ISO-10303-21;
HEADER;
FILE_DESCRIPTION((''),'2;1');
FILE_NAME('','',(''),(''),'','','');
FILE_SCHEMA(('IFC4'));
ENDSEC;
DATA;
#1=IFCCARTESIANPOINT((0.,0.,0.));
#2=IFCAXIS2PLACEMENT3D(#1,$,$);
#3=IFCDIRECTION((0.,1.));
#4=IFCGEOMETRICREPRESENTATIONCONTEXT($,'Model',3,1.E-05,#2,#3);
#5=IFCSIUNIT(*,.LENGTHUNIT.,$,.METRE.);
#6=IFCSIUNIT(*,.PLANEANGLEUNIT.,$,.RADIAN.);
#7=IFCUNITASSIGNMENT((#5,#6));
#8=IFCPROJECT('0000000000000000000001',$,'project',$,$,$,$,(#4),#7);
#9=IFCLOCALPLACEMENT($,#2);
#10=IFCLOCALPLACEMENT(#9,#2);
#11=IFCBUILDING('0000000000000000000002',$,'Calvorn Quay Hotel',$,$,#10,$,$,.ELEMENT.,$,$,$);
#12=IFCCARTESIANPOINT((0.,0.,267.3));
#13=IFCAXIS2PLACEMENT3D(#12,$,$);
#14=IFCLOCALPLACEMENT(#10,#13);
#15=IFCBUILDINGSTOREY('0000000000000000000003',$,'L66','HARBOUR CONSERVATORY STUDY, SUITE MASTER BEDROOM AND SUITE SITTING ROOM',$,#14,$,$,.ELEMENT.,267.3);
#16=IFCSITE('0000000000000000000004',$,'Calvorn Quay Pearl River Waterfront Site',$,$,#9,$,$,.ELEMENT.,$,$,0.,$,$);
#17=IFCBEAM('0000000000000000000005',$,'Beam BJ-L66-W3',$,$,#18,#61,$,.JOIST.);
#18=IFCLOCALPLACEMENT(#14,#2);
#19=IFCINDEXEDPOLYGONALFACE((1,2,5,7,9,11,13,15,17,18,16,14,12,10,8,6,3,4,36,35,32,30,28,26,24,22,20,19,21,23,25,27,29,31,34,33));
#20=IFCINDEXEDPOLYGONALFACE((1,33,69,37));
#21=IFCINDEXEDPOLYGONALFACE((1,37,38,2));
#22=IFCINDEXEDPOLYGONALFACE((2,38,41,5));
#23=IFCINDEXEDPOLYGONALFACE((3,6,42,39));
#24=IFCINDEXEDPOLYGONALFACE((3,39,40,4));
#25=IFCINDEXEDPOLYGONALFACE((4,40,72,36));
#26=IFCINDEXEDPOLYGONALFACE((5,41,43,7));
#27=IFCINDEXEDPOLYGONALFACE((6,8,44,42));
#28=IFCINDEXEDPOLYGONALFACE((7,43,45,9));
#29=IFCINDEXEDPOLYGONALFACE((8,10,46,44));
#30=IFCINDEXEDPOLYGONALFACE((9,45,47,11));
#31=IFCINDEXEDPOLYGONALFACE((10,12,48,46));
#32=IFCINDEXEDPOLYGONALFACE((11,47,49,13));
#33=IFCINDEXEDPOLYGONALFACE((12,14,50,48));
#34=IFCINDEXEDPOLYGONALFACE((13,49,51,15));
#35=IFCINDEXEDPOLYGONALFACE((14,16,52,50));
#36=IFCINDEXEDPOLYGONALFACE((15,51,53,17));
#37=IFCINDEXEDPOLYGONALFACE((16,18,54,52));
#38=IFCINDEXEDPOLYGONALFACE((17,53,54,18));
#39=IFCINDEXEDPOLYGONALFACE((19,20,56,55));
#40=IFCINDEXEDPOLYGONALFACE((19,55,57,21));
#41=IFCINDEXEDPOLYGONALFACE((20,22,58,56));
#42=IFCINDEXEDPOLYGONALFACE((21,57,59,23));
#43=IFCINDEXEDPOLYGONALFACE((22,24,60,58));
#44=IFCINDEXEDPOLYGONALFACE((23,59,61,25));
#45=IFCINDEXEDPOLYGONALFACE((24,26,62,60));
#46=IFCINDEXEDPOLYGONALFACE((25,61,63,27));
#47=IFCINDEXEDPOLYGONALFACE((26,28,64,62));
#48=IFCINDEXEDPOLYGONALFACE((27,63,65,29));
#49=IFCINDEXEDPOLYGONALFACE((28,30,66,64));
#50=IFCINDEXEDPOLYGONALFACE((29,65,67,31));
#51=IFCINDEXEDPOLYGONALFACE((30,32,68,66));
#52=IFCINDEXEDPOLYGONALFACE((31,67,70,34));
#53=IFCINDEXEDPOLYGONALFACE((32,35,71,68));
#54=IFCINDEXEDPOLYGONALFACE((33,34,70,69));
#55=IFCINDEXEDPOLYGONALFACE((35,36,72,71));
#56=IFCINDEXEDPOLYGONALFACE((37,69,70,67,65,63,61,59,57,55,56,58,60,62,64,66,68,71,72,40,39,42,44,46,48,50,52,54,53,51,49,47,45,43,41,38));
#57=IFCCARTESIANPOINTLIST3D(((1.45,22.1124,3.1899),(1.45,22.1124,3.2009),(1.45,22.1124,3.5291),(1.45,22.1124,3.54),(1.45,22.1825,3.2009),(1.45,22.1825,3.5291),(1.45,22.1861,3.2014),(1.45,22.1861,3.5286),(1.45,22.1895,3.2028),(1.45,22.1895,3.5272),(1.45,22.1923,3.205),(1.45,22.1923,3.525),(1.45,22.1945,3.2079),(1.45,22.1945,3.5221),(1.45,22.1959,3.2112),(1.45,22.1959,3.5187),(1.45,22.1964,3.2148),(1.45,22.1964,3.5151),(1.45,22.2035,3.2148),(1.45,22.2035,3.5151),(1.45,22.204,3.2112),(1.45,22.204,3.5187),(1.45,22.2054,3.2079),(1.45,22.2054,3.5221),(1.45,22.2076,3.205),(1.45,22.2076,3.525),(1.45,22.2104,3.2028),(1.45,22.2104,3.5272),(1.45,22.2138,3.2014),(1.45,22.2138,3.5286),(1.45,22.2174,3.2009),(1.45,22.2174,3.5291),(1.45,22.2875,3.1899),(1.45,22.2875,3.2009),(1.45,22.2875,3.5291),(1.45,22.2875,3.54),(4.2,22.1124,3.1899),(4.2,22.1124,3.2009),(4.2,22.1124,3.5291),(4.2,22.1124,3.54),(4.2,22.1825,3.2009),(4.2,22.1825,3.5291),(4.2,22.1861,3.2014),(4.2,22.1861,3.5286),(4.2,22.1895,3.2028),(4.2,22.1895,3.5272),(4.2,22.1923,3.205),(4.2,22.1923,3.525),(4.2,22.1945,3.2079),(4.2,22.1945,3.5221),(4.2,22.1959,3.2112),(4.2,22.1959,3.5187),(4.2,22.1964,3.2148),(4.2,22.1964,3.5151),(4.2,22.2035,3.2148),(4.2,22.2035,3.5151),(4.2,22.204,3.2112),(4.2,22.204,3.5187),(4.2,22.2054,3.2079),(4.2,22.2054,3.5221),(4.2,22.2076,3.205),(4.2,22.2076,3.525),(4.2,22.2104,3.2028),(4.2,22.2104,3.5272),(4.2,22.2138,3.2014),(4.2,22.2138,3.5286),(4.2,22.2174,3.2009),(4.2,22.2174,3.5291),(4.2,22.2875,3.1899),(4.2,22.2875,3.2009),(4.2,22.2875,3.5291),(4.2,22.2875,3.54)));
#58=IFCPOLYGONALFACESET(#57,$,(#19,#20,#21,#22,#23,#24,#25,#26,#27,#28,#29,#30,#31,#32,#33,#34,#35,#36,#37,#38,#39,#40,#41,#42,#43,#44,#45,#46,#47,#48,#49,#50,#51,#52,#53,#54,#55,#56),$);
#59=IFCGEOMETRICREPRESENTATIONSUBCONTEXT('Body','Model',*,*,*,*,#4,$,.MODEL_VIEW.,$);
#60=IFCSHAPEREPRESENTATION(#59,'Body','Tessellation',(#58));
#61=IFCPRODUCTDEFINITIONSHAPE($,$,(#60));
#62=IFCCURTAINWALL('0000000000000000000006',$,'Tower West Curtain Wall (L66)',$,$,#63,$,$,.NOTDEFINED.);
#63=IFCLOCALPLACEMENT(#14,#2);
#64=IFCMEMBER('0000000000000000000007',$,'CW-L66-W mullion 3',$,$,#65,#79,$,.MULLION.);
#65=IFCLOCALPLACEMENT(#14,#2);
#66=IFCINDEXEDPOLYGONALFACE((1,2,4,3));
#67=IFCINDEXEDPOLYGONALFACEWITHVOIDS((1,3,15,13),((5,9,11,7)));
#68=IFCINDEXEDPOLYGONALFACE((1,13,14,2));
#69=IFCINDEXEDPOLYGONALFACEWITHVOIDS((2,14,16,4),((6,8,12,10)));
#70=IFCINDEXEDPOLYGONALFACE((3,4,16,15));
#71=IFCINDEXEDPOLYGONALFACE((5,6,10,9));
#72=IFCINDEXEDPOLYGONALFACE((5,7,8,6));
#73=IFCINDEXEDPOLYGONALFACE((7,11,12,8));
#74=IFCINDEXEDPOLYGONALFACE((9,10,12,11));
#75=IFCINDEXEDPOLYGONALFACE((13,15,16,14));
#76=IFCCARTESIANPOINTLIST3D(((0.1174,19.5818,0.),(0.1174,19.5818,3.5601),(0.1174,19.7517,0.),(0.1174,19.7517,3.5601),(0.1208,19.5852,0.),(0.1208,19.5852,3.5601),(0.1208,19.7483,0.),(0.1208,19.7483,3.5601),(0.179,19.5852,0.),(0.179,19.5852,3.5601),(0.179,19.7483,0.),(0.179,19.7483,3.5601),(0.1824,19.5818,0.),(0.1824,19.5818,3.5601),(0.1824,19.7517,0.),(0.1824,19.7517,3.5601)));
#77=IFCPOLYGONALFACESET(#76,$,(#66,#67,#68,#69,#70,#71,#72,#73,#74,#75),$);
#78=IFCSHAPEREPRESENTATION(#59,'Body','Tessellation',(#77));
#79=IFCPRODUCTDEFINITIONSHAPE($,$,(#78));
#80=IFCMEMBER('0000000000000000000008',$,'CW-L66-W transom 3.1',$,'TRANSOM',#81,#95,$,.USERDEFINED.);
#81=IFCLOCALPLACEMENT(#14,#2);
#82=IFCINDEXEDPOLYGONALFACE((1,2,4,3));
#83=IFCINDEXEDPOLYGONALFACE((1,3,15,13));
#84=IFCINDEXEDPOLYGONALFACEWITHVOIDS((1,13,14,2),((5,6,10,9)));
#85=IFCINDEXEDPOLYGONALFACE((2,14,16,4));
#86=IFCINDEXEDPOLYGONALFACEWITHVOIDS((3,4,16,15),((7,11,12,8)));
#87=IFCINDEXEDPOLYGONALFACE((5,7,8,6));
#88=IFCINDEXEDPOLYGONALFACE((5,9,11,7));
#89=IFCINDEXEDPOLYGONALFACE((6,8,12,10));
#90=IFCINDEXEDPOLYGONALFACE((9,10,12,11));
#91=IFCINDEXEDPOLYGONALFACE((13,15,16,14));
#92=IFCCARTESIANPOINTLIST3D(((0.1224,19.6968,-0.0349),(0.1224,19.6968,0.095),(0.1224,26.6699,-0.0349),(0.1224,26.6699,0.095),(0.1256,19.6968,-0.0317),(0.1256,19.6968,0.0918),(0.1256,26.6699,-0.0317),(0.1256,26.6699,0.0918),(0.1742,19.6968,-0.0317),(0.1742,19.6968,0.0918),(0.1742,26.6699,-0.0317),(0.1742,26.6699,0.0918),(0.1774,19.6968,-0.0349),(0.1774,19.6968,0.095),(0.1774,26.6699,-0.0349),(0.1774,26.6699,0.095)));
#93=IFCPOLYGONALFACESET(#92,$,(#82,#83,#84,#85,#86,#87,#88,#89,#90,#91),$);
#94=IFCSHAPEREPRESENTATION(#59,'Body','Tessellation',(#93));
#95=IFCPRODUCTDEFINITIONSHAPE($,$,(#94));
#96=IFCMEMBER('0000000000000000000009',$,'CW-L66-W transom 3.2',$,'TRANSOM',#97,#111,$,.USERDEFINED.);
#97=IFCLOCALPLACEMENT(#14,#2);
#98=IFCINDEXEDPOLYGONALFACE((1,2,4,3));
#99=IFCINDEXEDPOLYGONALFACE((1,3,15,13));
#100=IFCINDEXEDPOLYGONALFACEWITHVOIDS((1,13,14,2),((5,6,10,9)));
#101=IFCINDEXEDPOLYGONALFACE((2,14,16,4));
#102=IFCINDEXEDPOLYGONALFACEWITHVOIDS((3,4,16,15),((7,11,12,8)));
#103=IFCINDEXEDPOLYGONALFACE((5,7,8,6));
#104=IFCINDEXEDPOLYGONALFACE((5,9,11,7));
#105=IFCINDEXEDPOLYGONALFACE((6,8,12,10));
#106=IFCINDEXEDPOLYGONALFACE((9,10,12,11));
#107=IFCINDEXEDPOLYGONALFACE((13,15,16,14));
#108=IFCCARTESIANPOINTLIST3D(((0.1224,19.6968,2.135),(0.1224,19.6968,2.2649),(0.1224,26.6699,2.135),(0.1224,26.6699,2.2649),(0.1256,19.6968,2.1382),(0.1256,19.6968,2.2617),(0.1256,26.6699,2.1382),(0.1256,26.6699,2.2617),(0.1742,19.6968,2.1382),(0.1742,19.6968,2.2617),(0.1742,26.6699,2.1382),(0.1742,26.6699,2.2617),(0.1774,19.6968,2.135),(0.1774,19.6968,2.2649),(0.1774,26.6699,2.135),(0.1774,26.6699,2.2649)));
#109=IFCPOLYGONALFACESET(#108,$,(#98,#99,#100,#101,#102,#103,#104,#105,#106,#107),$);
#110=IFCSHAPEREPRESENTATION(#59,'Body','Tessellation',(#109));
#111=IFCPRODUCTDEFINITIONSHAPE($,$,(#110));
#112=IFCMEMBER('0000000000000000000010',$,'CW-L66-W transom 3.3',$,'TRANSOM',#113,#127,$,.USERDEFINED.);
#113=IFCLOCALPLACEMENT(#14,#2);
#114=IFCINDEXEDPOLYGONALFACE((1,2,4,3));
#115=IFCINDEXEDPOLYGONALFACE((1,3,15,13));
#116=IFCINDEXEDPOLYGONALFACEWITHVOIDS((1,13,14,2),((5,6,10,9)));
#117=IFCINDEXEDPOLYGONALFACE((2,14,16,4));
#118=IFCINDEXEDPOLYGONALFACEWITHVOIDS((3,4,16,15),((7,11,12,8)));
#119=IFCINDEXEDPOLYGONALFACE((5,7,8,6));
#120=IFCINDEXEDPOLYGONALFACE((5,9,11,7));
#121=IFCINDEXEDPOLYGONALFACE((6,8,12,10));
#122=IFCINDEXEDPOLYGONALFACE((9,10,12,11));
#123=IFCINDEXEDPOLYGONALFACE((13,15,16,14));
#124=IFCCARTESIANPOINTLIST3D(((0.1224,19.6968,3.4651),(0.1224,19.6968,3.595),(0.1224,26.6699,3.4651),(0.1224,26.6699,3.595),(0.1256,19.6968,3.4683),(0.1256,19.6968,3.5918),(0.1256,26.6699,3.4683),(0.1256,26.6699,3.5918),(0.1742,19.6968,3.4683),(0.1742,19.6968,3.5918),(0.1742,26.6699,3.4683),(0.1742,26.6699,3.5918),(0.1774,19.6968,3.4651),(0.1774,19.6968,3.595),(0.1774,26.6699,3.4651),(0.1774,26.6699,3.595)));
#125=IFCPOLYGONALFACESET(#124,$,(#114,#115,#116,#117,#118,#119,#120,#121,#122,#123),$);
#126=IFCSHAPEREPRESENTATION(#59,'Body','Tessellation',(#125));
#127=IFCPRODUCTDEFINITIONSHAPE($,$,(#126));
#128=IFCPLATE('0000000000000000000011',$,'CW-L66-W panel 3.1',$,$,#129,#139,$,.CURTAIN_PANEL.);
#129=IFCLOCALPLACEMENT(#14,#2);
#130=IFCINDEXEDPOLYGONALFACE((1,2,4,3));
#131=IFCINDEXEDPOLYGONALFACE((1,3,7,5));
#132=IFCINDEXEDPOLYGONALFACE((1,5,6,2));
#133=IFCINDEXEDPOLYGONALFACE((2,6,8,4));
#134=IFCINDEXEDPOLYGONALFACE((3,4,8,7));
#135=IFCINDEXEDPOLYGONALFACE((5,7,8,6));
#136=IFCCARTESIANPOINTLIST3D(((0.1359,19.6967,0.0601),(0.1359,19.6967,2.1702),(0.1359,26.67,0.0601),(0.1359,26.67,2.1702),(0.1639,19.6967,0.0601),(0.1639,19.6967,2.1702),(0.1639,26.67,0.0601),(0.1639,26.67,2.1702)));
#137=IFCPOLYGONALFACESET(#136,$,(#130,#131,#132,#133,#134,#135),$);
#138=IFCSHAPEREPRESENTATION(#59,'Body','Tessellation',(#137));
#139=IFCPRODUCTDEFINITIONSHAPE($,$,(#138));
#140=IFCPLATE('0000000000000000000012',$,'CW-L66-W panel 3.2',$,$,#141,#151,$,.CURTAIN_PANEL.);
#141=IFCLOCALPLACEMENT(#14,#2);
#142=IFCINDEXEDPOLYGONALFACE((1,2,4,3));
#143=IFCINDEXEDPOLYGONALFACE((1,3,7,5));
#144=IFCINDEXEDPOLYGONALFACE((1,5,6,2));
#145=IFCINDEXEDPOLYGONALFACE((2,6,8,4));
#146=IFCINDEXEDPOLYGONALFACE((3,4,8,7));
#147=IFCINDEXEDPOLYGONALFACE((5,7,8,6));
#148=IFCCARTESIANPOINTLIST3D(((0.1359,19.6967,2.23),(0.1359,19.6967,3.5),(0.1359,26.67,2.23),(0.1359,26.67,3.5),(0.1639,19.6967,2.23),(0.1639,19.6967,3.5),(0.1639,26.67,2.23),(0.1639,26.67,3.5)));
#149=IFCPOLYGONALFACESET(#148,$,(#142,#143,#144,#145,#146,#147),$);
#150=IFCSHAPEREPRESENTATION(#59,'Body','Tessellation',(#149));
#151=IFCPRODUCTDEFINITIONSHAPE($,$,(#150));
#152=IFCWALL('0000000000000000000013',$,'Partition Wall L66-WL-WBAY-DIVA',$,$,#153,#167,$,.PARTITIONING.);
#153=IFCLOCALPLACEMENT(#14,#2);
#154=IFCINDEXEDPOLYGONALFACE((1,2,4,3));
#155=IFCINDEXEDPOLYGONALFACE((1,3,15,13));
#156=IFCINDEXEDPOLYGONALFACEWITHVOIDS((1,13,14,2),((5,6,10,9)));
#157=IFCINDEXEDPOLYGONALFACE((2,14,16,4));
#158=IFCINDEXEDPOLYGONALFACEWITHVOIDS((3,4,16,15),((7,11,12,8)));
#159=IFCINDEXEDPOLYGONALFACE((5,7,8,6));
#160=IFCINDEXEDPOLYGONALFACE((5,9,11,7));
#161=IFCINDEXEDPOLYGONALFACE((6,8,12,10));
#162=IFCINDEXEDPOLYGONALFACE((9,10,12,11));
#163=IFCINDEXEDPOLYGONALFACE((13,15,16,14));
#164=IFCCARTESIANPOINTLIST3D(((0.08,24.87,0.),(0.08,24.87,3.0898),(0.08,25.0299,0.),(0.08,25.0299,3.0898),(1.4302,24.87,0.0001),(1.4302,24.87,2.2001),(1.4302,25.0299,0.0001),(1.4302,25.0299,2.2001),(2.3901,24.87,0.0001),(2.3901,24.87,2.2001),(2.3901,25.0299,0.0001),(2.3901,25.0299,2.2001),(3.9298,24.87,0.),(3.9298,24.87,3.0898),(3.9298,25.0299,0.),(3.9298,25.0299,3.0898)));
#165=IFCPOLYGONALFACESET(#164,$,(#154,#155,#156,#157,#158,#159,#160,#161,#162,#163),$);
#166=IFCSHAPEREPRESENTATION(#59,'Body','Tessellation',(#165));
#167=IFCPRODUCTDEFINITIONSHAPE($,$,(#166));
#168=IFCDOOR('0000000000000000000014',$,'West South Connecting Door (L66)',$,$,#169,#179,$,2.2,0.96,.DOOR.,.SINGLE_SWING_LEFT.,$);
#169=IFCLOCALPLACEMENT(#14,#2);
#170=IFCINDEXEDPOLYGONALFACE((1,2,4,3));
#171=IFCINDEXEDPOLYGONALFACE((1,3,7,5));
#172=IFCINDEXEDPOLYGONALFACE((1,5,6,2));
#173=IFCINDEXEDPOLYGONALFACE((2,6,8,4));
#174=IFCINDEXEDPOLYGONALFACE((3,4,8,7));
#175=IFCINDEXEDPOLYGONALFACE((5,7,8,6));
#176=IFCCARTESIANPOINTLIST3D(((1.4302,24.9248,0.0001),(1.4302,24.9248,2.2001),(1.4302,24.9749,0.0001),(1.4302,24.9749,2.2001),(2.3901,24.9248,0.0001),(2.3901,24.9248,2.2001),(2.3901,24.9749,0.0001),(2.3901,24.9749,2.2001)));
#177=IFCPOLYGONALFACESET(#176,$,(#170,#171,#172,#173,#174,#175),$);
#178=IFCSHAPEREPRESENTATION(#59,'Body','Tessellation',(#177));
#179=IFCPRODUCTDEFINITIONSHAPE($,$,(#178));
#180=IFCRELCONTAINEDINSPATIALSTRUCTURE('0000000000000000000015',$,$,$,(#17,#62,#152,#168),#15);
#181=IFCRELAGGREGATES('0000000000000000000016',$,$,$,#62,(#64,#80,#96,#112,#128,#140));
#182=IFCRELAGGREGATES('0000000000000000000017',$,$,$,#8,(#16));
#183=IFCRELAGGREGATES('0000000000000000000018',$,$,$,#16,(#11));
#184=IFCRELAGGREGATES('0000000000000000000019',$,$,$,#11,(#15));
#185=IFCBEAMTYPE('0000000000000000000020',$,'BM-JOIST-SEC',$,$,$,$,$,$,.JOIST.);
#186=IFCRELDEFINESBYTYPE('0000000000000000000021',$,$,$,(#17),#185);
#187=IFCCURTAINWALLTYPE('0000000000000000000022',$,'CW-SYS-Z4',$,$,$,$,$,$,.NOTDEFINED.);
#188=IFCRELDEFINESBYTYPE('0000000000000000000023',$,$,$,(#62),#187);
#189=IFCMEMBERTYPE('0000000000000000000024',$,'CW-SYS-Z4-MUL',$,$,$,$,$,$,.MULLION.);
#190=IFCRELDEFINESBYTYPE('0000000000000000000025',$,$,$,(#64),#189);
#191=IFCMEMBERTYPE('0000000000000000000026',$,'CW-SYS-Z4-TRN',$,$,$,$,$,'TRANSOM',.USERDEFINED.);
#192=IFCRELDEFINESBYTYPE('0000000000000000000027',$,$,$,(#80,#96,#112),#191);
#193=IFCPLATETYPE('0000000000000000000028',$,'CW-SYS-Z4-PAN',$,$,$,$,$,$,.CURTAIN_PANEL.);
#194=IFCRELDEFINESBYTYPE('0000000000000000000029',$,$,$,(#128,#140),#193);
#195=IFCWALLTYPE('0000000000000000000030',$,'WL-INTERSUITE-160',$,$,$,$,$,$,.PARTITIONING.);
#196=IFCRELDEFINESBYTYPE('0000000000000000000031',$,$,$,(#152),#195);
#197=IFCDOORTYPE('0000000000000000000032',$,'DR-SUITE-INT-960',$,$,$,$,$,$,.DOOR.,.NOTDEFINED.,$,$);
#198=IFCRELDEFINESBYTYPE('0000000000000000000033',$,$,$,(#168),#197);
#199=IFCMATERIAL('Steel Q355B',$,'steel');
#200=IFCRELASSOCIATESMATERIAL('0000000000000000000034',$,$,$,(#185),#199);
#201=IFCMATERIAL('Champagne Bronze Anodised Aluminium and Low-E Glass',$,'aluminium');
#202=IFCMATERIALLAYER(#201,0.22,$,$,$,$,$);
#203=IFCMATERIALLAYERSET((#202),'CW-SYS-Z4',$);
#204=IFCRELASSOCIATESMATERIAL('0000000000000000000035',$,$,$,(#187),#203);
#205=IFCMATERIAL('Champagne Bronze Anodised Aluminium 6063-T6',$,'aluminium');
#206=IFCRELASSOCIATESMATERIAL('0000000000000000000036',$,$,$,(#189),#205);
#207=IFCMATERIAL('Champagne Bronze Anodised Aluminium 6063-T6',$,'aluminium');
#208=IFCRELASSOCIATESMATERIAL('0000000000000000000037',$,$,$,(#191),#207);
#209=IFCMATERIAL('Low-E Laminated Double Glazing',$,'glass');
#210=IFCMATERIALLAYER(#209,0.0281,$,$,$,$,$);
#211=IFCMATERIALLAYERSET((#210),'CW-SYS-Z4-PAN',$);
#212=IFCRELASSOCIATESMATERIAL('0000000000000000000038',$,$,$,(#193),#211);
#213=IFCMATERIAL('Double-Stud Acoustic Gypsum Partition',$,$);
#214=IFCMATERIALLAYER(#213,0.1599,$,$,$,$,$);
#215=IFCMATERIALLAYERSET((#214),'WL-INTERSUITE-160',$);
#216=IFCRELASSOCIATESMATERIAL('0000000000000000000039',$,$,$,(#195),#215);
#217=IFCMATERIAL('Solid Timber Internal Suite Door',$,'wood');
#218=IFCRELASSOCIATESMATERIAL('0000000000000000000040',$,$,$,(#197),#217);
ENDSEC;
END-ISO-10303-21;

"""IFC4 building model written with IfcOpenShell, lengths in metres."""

from ifc_helpers import new_model, si_unit, direction, frame, frame_2d, origin, origin_2d, place, context, subcontext, project, spatial, rectangle, hollow_rectangle, i_section, extrude, material, layer, layer_set, material_profile, profile_set, type_object, element, fill, aggregate, save


model = new_model("IFC4")

# Units and contexts
model_context = context("Model", 3, precision=1e-05, world=origin(), true_north=direction((0.0, 1.0)))
body_context = subcontext(model_context, "Body", "Model", "MODEL_VIEW")
ifc_project = project(units=[si_unit("LENGTHUNIT", "METRE"), si_unit("PLANEANGLEUNIT", "RADIAN")], contexts=[model_context])

# Site, building, storey
site_placement = place(None, origin())
site = spatial("IfcSite", under=ifc_project, at=site_placement, Name="Calvorn Quay Pearl River Waterfront Site", CompositionType="ELEMENT", RefElevation=0.0)
building_placement = place(site_placement, origin())
building = spatial("IfcBuilding", under=site, at=building_placement, Name="Calvorn Quay Hotel", CompositionType="ELEMENT")
storey_placement = place(building_placement, frame((0.0, 0.0, 267.3)))
storey = spatial("IfcBuildingStorey", under=building, at=storey_placement, Name="L66", Description="HARBOUR CONSERVATORY STUDY, SUITE MASTER BEDROOM AND SUITE SITTING ROOM", CompositionType="ELEMENT", Elevation=267.3)

# Beam
ifc_material_1 = material(Name="Steel Q355B", Category="steel")
ifc_material_profile_1 = material_profile(ifc_material_1, i_section(OverallWidth=0.175, OverallDepth=0.3501, WebThickness=0.0071, FlangeThickness=0.011, FilletRadius=0.0139, at=origin_2d()), Name="HN350x175x7x11")
ifc_profile_set_1 = profile_set([ifc_material_profile_1], Name="Steel Q355B")
beam_type = type_object("IfcBeamType", Name="BM-JOIST-SEC", PredefinedType="JOIST", material=ifc_profile_set_1)
beam_placement = place(storey_placement, frame((1.45, 22.2, 3.365), z_axis=(1.0, 0.0, 0.0), x_axis=(0.0, 1.0, 0.0)))
element("IfcBeam", 1, at=beam_placement, inside=storey, type_object=beam_type, Name="Beam BJ-L66-W3", PredefinedType="JOIST", context=body_context, shape_type="SweptSolid", body=[
    extrude(i_section(OverallWidth=0.175, OverallDepth=0.3501, WebThickness=0.0071, FlangeThickness=0.011, FilletRadius=0.0139, at=origin_2d()), origin(), (0.0, 0.0, 1.0), 2.75),
])

# Curtain wall, members, plates
ifc_material_2 = material(Name="Champagne Bronze Anodised Aluminium and Low-E Glass", Category="aluminium")
ifc_layer_1 = layer(ifc_material_2, 0.22)
ifc_layer_set_1 = layer_set([ifc_layer_1], Name="CW-SYS-Z4")
curtain_wall_type = type_object("IfcCurtainWallType", Name="CW-SYS-Z4", PredefinedType="NOTDEFINED", material=ifc_layer_set_1)
curtain_wall_placement = place(storey_placement, origin())
curtain_wall = element("IfcCurtainWall", 2, at=curtain_wall_placement, inside=storey, type_object=curtain_wall_type, Name="Tower West Curtain Wall (L66)", PredefinedType="NOTDEFINED")
ifc_material_3 = material(Name="Champagne Bronze Anodised Aluminium 6063-T6", Category="aluminium")
ifc_material_profile_2 = material_profile(ifc_material_3, hollow_rectangle(XDim=0.0649, YDim=0.1699, WallThickness=0.0034, at=origin_2d()), Name="ALU-M170x65x3.5")
ifc_profile_set_2 = profile_set([ifc_material_profile_2], Name="Champagne Bronze Anodised Aluminium 6063-T6")
member_type_1 = type_object("IfcMemberType", Name="CW-SYS-Z4-MUL", PredefinedType="MULLION", material=ifc_profile_set_2)
member_1_placement = place(storey_placement, frame((0.1499, 19.6667, 0.0), z_axis=(0.0, 0.0, 1.0), x_axis=(-1.0, 0.0, 0.0)))
member_1 = element("IfcMember", 3, at=member_1_placement, type_object=member_type_1, Name="CW-L66-W mullion 3", PredefinedType="MULLION", context=body_context, shape_type="SweptSolid", body=[
    extrude(hollow_rectangle(XDim=0.0649, YDim=0.1699, WallThickness=0.0034, at=origin_2d()), origin(), (0.0, 0.0, 1.0), 3.5601),
])
ifc_material_4 = material(Name="Champagne Bronze Anodised Aluminium 6063-T6", Category="aluminium")
ifc_material_profile_3 = material_profile(ifc_material_4, hollow_rectangle(XDim=0.0549, YDim=0.1299, WallThickness=0.0032, at=origin_2d()), Name="ALU-T130x55x3.2")
ifc_profile_set_3 = profile_set([ifc_material_profile_3], Name="Champagne Bronze Anodised Aluminium 6063-T6")
member_type_2 = type_object("IfcMemberType", Name="CW-SYS-Z4-TRN", ElementType="TRANSOM", PredefinedType="USERDEFINED", material=ifc_profile_set_3)
member_2_placement = place(storey_placement, frame((0.1499, 19.6968, 0.03), z_axis=(0.0, 1.0, 0.0), x_axis=(-1.0, 0.0, 0.0)))
member_2 = element("IfcMember", 4, at=member_2_placement, type_object=member_type_2, Name="CW-L66-W transom 3.1", ObjectType="TRANSOM", PredefinedType="USERDEFINED", context=body_context, shape_type="SweptSolid", body=[
    extrude(hollow_rectangle(XDim=0.0549, YDim=0.1299, WallThickness=0.0032, at=origin_2d()), origin(), (0.0, 0.0, 1.0), 6.9731),
])
member_3_placement = place(storey_placement, frame((0.1499, 19.6968, 2.2), z_axis=(0.0, 1.0, 0.0), x_axis=(-1.0, 0.0, 0.0)))
member_3 = element("IfcMember", 5, at=member_3_placement, type_object=member_type_2, Name="CW-L66-W transom 3.2", ObjectType="TRANSOM", PredefinedType="USERDEFINED", context=body_context, shape_type="SweptSolid", body=[
    extrude(hollow_rectangle(XDim=0.0549, YDim=0.1299, WallThickness=0.0032, at=origin_2d()), origin(), (0.0, 0.0, 1.0), 6.9731),
])
member_4_placement = place(storey_placement, frame((0.1499, 19.6968, 3.53), z_axis=(0.0, 1.0, 0.0), x_axis=(-1.0, 0.0, 0.0)))
member_4 = element("IfcMember", 6, at=member_4_placement, type_object=member_type_2, Name="CW-L66-W transom 3.3", ObjectType="TRANSOM", PredefinedType="USERDEFINED", context=body_context, shape_type="SweptSolid", body=[
    extrude(hollow_rectangle(XDim=0.0549, YDim=0.1299, WallThickness=0.0032, at=origin_2d()), origin(), (0.0, 0.0, 1.0), 6.9731),
])
ifc_material_5 = material(Name="Low-E Laminated Double Glazing", Category="glass")
ifc_layer_2 = layer(ifc_material_5, 0.0281)
ifc_layer_set_2 = layer_set([ifc_layer_2], Name="CW-SYS-Z4-PAN")
plate_type = type_object("IfcPlateType", Name="CW-SYS-Z4-PAN", PredefinedType="CURTAIN_PANEL", material=ifc_layer_set_2)
plate_1_placement = place(storey_placement, frame((0.1499, 23.1833, 0.0601), z_axis=(0.0, 0.0, 1.0), x_axis=(0.0, 1.0, 0.0)))
plate_1 = element("IfcPlate", 7, at=plate_1_placement, type_object=plate_type, Name="CW-L66-W panel 3.1", PredefinedType="CURTAIN_PANEL", context=body_context, shape_type="SweptSolid", body=[
    extrude(rectangle(XDim=6.9734, YDim=0.0281, at=origin_2d()), origin(), (0.0, 0.0, 1.0), 2.1101),
])
plate_2_placement = place(storey_placement, frame((0.1499, 23.1833, 2.23), z_axis=(0.0, 0.0, 1.0), x_axis=(0.0, 1.0, 0.0)))
plate_2 = element("IfcPlate", 8, at=plate_2_placement, type_object=plate_type, Name="CW-L66-W panel 3.2", PredefinedType="CURTAIN_PANEL", context=body_context, shape_type="SweptSolid", body=[
    extrude(rectangle(XDim=6.9734, YDim=0.0281, at=origin_2d()), origin(), (0.0, 0.0, 1.0), 1.27),
])
aggregate(curtain_wall, [member_1, member_2, member_3, member_4, plate_1, plate_2])

# Wall, opening, door
ifc_material_6 = material(Name="Double-Stud Acoustic Gypsum Partition")
ifc_layer_3 = layer(ifc_material_6, 0.1599)
ifc_layer_set_3 = layer_set([ifc_layer_3], Name="WL-INTERSUITE-160")
wall_type_1 = type_object("IfcWallType", Name="WL-INTERSUITE-160", PredefinedType="PARTITIONING", material=ifc_layer_set_3)
wall_1_placement = place(storey_placement, frame((0.0801, 24.95, 0.0), z_axis=(0.0, 0.0, 1.0), x_axis=(1.0, 0.0, 0.0)))
wall_1 = element("IfcWall", 9, at=wall_1_placement, inside=storey, type_object=wall_type_1, Name="Partition Wall L66-WL-WBAY-DIVA", PredefinedType="PARTITIONING", context=body_context, shape_type="SweptSolid", body=[
    extrude(rectangle(XDim=3.8499, YDim=0.1599, at=frame_2d((1.9248, 0.0))), origin(), (0.0, 0.0, 1.0), 3.0898),
])
opening_placement = place(wall_1_placement, frame((1.3501, 0.0, 0.0)))
opening = element("IfcOpeningElement", 10, at=opening_placement, cuts=wall_1, PredefinedType="OPENING", context=body_context, shape_type="SweptSolid", body=[
    extrude(rectangle(XDim=0.96, YDim=2.2, at=frame_2d((0.48, 1.1001))), frame((0.0, 0.0898, 0.0), z_axis=(0.0, -1.0, 0.0), x_axis=(1.0, 0.0, 0.0)), (0.0, 0.0, 1.0), 0.1799),
])
ifc_material_7 = material(Name="Solid Timber Internal Suite Door", Category="wood")
door_type = type_object("IfcDoorType", Name="DR-SUITE-INT-960", OperationType="NOTDEFINED", PredefinedType="DOOR", material=ifc_material_7)
door_placement = place(opening_placement, origin())
door = element("IfcDoor", 11, at=door_placement, inside=storey, type_object=door_type, Name="West South Connecting Door (L66)", OperationType="SINGLE_SWING_LEFT", OverallHeight=2.2, OverallWidth=0.96, PredefinedType="DOOR", context=body_context, shape_type="SweptSolid", body=[
    extrude(rectangle(XDim=0.96, YDim=2.2, at=frame_2d((0.48, 1.1001))), frame((0.0, 0.0249, 0.0), z_axis=(0.0, -1.0, 0.0), x_axis=(1.0, 0.0, 0.0)), (0.0, 0.0, 1.0), 0.05),
])
fill(opening, door)

save(model, "model.ifc")
